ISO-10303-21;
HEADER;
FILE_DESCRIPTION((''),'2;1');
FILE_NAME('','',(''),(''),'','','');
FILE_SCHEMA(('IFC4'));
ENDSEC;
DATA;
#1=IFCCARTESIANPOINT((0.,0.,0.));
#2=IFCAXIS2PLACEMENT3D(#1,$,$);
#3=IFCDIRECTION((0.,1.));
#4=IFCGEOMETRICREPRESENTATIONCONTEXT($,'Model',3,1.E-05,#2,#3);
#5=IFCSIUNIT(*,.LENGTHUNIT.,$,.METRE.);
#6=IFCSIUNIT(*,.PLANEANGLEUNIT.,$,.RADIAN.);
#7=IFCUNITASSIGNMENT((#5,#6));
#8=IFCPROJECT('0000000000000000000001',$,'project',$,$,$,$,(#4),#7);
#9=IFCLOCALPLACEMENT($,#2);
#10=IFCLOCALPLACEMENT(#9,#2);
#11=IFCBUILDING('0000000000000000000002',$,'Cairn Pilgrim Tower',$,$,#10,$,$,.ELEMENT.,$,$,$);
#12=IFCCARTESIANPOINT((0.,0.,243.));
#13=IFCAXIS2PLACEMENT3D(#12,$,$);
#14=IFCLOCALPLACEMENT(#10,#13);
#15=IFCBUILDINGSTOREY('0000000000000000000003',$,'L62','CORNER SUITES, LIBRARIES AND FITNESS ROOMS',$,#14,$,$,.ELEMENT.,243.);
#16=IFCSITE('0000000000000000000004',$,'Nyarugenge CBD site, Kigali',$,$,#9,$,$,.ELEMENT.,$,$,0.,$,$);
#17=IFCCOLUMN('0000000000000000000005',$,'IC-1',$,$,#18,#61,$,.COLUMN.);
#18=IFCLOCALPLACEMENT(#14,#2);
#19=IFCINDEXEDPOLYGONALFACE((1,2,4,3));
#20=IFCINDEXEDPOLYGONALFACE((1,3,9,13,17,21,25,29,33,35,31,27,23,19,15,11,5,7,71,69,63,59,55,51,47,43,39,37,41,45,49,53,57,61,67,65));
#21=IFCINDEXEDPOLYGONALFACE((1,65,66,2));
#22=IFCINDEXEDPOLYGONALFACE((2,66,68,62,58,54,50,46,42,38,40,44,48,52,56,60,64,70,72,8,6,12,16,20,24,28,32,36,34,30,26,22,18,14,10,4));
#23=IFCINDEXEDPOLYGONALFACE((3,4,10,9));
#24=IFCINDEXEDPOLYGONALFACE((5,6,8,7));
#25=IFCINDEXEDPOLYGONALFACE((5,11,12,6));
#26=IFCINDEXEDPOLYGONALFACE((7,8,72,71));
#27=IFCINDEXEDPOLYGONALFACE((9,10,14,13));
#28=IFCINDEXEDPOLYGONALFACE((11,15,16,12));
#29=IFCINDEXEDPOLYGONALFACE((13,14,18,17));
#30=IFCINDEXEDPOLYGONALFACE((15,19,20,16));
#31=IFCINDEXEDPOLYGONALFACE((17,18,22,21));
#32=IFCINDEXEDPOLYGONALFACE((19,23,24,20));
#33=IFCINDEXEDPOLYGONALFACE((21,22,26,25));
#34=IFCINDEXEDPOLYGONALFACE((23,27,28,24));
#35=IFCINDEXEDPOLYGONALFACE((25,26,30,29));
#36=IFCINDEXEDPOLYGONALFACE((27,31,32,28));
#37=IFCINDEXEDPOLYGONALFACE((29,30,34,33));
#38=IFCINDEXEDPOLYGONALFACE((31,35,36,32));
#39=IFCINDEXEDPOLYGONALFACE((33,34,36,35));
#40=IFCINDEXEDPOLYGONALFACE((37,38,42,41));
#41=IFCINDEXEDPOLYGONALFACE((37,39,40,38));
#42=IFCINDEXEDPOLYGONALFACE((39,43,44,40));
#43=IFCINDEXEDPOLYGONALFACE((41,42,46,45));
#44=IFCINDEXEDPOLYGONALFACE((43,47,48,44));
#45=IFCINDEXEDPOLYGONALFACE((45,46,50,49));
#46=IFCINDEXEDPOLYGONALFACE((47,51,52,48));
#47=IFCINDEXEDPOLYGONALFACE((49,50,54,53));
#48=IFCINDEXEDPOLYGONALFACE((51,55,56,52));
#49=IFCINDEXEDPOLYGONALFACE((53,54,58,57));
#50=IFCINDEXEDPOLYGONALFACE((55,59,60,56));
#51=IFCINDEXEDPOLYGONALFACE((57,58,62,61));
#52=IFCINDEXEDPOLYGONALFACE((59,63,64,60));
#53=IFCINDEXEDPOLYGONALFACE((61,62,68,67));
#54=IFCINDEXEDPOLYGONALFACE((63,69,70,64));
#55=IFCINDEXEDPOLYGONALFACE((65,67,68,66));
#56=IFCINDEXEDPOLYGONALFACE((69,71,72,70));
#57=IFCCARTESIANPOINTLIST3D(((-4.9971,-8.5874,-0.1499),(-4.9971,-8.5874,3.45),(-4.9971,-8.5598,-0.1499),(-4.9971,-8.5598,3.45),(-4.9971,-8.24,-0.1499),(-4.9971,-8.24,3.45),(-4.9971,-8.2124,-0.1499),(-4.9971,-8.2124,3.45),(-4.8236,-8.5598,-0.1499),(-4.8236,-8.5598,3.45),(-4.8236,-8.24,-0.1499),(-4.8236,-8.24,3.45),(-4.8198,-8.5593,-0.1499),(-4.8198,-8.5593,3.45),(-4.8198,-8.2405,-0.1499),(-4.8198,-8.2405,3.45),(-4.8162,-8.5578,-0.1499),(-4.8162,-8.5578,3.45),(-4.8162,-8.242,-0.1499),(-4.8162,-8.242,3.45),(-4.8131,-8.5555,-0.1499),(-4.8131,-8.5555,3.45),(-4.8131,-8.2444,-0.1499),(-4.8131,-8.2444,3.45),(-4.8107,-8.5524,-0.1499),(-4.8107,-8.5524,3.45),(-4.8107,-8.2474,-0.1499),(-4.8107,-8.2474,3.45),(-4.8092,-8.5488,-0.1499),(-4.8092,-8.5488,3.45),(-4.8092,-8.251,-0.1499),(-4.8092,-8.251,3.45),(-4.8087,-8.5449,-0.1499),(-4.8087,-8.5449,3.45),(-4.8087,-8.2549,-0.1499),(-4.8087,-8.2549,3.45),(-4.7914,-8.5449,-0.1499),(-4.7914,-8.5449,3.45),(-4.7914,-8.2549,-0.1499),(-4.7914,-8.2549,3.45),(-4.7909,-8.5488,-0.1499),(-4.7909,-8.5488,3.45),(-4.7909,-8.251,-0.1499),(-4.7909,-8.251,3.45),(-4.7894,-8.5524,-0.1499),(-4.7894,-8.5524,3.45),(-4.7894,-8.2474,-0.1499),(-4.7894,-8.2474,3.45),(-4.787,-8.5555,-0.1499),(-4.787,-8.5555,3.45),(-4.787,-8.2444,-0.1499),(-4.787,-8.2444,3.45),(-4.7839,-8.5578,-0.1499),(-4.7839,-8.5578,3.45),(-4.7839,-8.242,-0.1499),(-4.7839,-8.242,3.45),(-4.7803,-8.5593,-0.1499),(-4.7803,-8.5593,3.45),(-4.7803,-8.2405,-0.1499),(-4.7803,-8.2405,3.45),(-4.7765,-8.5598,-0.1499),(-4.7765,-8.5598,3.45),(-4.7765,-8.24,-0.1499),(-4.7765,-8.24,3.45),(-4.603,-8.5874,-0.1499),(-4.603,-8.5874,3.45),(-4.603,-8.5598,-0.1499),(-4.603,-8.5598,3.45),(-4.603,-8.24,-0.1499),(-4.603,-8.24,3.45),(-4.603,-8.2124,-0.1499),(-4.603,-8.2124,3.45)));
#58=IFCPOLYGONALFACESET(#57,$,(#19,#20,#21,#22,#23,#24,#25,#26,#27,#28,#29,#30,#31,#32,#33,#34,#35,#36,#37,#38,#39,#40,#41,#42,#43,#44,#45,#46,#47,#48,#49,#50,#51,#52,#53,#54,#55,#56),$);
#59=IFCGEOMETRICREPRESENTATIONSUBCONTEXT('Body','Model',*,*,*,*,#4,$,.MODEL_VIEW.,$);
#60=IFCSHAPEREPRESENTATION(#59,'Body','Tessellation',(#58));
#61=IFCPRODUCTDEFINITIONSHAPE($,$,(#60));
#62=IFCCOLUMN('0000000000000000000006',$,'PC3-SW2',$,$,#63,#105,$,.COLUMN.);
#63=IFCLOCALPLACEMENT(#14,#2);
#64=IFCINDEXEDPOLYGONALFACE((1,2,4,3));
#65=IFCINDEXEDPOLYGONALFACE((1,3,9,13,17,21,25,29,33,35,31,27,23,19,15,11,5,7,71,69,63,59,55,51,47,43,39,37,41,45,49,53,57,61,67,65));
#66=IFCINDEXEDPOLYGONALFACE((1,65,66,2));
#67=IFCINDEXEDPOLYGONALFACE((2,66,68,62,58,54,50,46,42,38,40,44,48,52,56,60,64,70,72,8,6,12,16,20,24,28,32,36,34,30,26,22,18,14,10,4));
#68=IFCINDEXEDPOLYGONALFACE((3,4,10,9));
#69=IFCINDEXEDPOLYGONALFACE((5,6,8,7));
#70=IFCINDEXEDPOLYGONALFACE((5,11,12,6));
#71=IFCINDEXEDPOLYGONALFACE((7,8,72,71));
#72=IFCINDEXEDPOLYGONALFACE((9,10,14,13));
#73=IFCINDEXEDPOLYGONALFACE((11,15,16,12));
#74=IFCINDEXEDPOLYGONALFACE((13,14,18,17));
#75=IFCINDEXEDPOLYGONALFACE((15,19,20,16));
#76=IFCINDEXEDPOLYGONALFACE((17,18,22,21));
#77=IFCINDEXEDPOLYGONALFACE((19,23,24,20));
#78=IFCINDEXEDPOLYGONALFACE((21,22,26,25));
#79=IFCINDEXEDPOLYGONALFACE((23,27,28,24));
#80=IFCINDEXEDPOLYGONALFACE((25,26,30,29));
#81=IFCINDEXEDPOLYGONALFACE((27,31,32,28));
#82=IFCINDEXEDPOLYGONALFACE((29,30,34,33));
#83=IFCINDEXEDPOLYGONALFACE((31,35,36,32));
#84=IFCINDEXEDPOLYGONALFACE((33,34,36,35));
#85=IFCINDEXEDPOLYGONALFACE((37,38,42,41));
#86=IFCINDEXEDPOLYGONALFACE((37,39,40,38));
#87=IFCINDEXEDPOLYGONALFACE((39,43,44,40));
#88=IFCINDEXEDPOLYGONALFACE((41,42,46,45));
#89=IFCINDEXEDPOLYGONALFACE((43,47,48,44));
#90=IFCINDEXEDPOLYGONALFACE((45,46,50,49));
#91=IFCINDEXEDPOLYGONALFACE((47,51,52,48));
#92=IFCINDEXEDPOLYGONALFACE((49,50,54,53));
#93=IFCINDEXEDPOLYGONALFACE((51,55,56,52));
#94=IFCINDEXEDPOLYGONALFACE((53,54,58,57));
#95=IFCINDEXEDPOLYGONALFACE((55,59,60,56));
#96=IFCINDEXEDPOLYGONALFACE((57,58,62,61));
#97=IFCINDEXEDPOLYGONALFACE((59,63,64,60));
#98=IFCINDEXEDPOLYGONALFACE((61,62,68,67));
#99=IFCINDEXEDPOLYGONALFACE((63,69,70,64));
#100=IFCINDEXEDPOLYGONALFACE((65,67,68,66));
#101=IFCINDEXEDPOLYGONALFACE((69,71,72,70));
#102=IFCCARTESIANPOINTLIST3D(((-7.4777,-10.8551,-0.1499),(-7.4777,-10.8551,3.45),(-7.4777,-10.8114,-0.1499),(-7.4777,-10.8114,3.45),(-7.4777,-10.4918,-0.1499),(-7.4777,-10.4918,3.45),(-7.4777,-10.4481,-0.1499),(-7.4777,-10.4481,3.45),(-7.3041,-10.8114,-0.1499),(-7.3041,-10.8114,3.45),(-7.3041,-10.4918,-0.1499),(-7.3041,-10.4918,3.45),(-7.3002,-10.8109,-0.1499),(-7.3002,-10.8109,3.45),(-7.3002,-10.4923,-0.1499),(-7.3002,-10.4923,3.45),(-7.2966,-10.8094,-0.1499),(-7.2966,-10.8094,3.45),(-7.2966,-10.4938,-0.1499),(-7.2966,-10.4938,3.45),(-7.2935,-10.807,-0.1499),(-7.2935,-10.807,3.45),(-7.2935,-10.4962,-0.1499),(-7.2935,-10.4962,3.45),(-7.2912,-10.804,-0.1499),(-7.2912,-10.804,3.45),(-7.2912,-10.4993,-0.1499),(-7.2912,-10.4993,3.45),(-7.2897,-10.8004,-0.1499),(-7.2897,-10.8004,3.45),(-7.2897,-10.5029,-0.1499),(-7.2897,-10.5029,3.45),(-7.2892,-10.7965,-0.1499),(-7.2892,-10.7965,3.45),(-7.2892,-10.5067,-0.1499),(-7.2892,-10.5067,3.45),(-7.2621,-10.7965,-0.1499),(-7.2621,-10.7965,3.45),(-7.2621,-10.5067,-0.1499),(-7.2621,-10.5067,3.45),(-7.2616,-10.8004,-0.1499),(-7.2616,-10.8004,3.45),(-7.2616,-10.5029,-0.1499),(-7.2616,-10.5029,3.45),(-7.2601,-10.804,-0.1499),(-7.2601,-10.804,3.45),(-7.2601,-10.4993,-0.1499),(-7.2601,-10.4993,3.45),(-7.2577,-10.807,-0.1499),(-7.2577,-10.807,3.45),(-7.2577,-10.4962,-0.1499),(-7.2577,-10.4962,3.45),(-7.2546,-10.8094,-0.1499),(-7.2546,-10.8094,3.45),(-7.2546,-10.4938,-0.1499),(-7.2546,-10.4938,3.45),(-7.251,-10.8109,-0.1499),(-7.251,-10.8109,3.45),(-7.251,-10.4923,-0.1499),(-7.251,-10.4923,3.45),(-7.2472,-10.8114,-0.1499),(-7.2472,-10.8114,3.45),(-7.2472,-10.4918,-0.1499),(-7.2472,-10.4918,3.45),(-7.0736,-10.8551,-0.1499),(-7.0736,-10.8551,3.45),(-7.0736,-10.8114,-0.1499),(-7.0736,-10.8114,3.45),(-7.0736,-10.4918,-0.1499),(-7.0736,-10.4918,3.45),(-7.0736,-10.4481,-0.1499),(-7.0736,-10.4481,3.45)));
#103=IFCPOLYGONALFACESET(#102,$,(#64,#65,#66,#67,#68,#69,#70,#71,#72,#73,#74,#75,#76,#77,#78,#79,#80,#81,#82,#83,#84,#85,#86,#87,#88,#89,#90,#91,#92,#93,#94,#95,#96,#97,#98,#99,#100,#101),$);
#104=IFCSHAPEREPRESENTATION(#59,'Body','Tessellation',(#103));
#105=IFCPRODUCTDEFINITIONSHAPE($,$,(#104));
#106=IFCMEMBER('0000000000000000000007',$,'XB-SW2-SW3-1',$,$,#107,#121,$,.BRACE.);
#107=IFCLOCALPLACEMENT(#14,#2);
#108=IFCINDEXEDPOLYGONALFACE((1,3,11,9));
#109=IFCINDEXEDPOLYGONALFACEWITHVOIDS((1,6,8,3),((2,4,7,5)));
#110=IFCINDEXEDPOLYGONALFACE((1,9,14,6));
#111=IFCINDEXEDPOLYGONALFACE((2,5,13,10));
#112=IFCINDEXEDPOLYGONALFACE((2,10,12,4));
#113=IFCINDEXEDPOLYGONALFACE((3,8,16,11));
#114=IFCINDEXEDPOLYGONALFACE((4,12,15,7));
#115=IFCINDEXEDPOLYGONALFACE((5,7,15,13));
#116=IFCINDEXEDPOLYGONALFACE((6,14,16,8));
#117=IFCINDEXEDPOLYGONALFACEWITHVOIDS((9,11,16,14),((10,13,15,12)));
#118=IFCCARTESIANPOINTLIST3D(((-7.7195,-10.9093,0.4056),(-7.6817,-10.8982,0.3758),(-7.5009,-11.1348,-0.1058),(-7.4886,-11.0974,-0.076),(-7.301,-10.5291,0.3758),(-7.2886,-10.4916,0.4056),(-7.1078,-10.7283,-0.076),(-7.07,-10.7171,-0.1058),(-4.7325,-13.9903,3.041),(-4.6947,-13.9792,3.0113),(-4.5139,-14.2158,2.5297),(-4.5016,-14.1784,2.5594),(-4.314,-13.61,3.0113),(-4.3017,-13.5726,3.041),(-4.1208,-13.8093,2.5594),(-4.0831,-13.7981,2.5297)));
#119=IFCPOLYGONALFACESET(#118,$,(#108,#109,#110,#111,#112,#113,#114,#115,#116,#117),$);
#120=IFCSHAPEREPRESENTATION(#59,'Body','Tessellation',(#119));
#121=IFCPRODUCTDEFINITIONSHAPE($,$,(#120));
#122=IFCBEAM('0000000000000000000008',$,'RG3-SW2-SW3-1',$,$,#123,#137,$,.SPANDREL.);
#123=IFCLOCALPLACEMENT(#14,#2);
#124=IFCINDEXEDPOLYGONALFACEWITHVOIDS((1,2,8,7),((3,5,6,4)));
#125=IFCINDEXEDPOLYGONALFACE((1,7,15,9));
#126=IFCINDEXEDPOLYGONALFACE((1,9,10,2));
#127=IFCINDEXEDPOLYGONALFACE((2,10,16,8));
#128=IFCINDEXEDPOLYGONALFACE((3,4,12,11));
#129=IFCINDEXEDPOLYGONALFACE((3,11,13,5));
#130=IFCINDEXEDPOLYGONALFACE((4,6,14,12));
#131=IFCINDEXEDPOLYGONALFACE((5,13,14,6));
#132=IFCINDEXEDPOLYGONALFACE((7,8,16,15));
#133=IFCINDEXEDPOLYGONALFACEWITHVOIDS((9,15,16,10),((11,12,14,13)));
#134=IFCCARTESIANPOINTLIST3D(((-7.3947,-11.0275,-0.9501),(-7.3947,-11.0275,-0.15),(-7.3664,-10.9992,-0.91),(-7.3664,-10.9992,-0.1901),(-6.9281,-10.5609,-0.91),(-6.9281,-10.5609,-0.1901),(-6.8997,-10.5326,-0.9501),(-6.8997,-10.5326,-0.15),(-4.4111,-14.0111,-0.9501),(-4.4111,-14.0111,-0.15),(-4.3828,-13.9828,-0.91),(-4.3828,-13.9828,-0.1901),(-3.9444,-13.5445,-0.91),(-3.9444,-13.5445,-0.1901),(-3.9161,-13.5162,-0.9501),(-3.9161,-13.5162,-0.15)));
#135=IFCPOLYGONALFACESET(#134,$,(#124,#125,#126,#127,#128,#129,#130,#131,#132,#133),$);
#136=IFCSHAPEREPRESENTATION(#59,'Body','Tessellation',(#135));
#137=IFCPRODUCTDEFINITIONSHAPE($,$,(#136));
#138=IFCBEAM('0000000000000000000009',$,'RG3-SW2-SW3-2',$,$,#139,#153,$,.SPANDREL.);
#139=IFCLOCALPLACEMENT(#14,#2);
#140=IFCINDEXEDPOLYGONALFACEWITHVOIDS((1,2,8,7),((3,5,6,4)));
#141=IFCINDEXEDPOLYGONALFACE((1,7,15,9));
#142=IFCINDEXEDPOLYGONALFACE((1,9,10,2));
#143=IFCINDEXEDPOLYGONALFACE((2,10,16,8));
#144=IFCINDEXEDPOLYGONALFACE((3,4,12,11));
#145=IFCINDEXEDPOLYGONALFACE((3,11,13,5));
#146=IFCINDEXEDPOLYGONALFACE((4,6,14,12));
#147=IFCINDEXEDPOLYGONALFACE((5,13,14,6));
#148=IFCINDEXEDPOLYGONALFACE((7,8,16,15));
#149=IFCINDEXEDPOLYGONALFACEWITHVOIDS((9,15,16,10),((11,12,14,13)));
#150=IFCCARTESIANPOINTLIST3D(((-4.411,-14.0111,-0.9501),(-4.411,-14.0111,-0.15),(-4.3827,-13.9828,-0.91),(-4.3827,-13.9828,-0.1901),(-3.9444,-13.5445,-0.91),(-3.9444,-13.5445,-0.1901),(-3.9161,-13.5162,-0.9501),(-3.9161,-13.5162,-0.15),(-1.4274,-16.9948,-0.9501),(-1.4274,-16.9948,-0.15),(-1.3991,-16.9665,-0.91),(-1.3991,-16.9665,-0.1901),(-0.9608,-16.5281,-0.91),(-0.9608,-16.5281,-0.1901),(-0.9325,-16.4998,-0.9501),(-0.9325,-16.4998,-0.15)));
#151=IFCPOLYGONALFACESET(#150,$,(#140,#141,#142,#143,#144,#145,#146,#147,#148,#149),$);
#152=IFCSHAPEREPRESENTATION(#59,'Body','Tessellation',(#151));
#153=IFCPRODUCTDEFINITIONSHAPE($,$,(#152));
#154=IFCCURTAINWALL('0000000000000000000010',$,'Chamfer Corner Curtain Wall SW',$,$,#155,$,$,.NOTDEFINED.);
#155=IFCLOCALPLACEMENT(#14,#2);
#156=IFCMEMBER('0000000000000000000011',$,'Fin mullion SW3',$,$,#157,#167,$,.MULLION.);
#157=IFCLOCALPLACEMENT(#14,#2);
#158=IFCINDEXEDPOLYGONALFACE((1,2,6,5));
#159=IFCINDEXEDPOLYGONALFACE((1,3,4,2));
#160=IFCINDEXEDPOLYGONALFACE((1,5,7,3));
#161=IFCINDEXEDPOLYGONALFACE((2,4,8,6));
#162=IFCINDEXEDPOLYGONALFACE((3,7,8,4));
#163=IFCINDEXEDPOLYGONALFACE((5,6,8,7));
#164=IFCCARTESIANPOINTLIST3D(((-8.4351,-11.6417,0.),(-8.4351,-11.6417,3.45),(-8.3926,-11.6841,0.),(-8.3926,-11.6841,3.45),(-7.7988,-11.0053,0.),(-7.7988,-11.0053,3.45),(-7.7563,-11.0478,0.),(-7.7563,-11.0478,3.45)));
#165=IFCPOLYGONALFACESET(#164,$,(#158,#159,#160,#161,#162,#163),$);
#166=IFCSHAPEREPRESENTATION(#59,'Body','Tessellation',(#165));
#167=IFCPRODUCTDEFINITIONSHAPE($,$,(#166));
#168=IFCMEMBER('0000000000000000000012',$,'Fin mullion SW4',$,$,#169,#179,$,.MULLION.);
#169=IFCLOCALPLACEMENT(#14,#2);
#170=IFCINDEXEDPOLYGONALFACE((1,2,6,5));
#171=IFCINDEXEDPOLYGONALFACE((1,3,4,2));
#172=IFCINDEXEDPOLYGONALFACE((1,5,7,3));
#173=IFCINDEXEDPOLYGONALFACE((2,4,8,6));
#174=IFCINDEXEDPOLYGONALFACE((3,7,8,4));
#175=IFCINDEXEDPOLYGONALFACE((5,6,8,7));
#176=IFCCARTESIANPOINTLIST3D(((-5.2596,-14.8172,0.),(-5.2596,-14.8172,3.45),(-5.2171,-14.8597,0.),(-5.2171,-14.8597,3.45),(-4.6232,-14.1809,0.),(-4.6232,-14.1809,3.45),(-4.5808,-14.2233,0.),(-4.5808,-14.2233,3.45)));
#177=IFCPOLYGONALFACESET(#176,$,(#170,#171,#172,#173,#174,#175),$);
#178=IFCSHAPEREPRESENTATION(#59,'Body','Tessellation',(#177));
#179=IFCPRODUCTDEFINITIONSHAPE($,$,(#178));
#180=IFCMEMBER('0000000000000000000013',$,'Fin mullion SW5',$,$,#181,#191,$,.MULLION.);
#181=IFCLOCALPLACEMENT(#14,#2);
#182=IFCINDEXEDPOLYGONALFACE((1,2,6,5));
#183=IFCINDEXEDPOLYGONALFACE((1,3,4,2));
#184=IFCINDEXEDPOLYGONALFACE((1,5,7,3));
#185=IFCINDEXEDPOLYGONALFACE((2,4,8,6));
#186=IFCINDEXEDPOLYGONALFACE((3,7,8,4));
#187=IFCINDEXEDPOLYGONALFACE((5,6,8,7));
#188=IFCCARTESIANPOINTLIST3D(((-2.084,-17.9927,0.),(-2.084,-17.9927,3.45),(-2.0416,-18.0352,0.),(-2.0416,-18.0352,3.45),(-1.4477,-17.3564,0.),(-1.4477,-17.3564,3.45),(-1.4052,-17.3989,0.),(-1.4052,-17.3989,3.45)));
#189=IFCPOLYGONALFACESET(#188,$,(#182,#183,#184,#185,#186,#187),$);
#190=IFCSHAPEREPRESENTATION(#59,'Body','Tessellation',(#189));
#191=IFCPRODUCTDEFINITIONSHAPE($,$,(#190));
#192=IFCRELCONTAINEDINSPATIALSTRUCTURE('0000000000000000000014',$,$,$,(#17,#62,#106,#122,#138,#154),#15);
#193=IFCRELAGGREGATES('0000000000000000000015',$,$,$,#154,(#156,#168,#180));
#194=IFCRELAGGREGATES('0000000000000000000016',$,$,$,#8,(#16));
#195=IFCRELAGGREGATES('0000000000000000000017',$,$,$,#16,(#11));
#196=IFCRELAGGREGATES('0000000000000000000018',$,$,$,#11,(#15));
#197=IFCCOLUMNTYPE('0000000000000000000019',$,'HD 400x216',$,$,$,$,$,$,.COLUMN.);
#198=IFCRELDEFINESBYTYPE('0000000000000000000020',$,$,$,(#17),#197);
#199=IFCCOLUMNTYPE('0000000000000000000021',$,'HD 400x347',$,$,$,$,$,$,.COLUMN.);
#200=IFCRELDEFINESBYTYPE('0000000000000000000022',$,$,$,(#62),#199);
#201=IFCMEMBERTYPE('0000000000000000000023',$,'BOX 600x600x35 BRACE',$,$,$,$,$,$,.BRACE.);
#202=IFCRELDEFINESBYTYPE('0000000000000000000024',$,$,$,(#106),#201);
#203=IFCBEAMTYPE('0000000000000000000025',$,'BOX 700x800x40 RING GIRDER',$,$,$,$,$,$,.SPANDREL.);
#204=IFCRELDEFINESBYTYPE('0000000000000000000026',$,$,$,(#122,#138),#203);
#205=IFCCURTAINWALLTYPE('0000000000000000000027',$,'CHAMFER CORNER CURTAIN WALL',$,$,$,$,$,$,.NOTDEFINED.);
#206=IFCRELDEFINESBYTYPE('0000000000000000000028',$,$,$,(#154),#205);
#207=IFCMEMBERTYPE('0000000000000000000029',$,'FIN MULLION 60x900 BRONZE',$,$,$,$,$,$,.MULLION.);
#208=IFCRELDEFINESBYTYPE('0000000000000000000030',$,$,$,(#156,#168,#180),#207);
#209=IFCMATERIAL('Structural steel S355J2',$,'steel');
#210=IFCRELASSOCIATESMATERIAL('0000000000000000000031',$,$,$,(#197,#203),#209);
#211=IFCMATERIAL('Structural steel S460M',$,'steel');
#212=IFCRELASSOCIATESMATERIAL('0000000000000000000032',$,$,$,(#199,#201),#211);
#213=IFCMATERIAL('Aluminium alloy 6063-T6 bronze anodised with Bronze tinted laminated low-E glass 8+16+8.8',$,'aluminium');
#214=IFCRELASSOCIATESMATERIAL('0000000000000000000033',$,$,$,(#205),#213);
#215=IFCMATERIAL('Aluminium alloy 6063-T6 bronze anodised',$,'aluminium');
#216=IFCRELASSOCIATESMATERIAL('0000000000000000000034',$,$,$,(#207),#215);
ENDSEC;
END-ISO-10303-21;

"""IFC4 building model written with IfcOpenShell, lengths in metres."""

from ifc_helpers import new_model, si_unit, direction, frame, origin, origin_2d, place, context, subcontext, project, spatial, rectangle, hollow_rectangle, i_section, extrude, material, material_profile, profile_set, type_object, element, aggregate, save


model = new_model("IFC4")

# Units and contexts
model_context = context("Model", 3, precision=1e-05, world=origin(), true_north=direction((0.0, 1.0)))
body_context = subcontext(model_context, "Body", "Model", "MODEL_VIEW")
ifc_project = project(units=[si_unit("LENGTHUNIT", "METRE"), si_unit("PLANEANGLEUNIT", "RADIAN")], contexts=[model_context])

# Site, building, storey
site_placement = place(None, origin())
site = spatial("IfcSite", under=ifc_project, at=site_placement, Name="Nyarugenge CBD site, Kigali", CompositionType="ELEMENT", RefElevation=0.0)
building_placement = place(site_placement, origin())
building = spatial("IfcBuilding", under=site, at=building_placement, Name="Cairn Pilgrim Tower", CompositionType="ELEMENT")
storey_placement = place(building_placement, frame((0.0, 0.0, 243.0)))
storey = spatial("IfcBuildingStorey", under=building, at=storey_placement, Name="L62", Description="CORNER SUITES, LIBRARIES AND FITNESS ROOMS", CompositionType="ELEMENT", Elevation=243.0)

# Columns
ifc_material_1 = material(Name="Structural steel S355J2", Category="steel")
ifc_material_profile_1 = material_profile(ifc_material_1, i_section(OverallWidth=0.394, OverallDepth=0.375, WebThickness=0.0173, FlangeThickness=0.0276, FilletRadius=0.0149, at=origin_2d()), Name="HD 400x216")
ifc_profile_set_1 = profile_set([ifc_material_profile_1], Name="Structural steel S355J2")
column_type_1 = type_object("IfcColumnType", Name="HD 400x216", PredefinedType="COLUMN", material=ifc_profile_set_1)
column_1_placement = place(storey_placement, frame((-4.8, -8.3999, -0.1499), z_axis=(0.0, 0.0, 1.0), x_axis=(1.0, 0.0, 0.0)))
element("IfcColumn", 1, at=column_1_placement, inside=storey, type_object=column_type_1, Name="IC-1", PredefinedType="COLUMN", context=body_context, shape_type="SweptSolid", body=[
    extrude(i_section(OverallWidth=0.394, OverallDepth=0.375, WebThickness=0.0173, FlangeThickness=0.0276, FilletRadius=0.0149, at=origin_2d()), origin(), (0.0, 0.0, 1.0), 3.5999),
])
ifc_material_2 = material(Name="Structural steel S460M", Category="steel")
ifc_material_profile_2 = material_profile(ifc_material_2, i_section(OverallWidth=0.4041, OverallDepth=0.407, WebThickness=0.0271, FlangeThickness=0.0437, FilletRadius=0.0149, at=origin_2d()), Name="HD 400x347")
ifc_profile_set_2 = profile_set([ifc_material_profile_2], Name="Structural steel S460M")
column_type_2 = type_object("IfcColumnType", Name="HD 400x347", PredefinedType="COLUMN", material=ifc_profile_set_2)
column_2_placement = place(storey_placement, frame((-7.2756, -10.6516, -0.1499), z_axis=(0.0, 0.0, 1.0), x_axis=(1.0, 0.0, 0.0)))
element("IfcColumn", 2, at=column_2_placement, inside=storey, type_object=column_type_2, Name="PC3-SW2", PredefinedType="COLUMN", context=body_context, shape_type="SweptSolid", body=[
    extrude(i_section(OverallWidth=0.4041, OverallDepth=0.407, WebThickness=0.0271, FlangeThickness=0.0437, FilletRadius=0.0149, at=origin_2d()), origin(), (0.0, 0.0, 1.0), 3.5999),
])

# Member
ifc_material_profile_3 = material_profile(ifc_material_2, hollow_rectangle(XDim=0.6001, YDim=0.6001, WallThickness=0.0349, at=origin_2d()), Name="BOX 600x600x35")
ifc_profile_set_3 = profile_set([ifc_material_profile_3], Name="Structural steel S460M")
member_type_1 = type_object("IfcMemberType", Name="BOX 600x600x35 BRACE", PredefinedType="BRACE", material=ifc_profile_set_3)
member_1_placement = place(storey_placement, frame((-7.3948, -10.8132, 0.1499), z_axis=(0.593142, -0.611806, 0.523332), x_axis=(0.717974, 0.69607, 0.0)))
element("IfcMember", 3, at=member_1_placement, inside=storey, type_object=member_type_1, Name="XB-SW2-SW3-1", PredefinedType="BRACE", context=body_context, shape_type="SweptSolid", body=[
    extrude(hollow_rectangle(XDim=0.6001, YDim=0.6001, WallThickness=0.0349, at=origin_2d()), origin(), (0.0, 0.0, 1.0), 5.0359),
])

# Beams
ifc_material_profile_4 = material_profile(ifc_material_1, hollow_rectangle(XDim=0.7, YDim=0.8, WallThickness=0.04, at=origin_2d()), Name="BOX 700x800x40")
ifc_profile_set_4 = profile_set([ifc_material_profile_4], Name="Structural steel S355J2")
beam_type_1 = type_object("IfcBeamType", Name="BOX 700x800x40 RING GIRDER", PredefinedType="SPANDREL", material=ifc_profile_set_4)
for number, where, z_axis, x_axis, name in (
    (4, (-7.1472, -10.78, -0.55), (0.707107, -0.707107, 0.0), (0.707107, 0.707107, 0.0), "RG3-SW2-SW3-1"),
    (5, (-4.1636, -13.7637, -0.55), (0.707107, -0.707107, 0.0), (0.707107, 0.707107, 0.0), "RG3-SW2-SW3-2"),
):
    element("IfcBeam", number, at=place(storey_placement, frame(where, z_axis=z_axis, x_axis=x_axis)), inside=storey, type_object=beam_type_1, Name=name, PredefinedType="SPANDREL", context=body_context, shape_type="SweptSolid", body=[
        extrude(hollow_rectangle(XDim=0.7, YDim=0.8, WallThickness=0.04, at=origin_2d()), origin(), (0.0, 0.0, 1.0), 4.2195),
    ])

# Curtain wall, members
ifc_material_3 = material(Name="Aluminium alloy 6063-T6 bronze anodised with Bronze tinted laminated low-E glass 8+16+8.8", Category="aluminium")
curtain_wall_type = type_object("IfcCurtainWallType", Name="CHAMFER CORNER CURTAIN WALL", PredefinedType="NOTDEFINED", material=ifc_material_3)
curtain_wall_placement = place(storey_placement, origin())
curtain_wall = element("IfcCurtainWall", 6, at=curtain_wall_placement, inside=storey, type_object=curtain_wall_type, Name="Chamfer Corner Curtain Wall SW", PredefinedType="NOTDEFINED")
ifc_material_4 = material(Name="Aluminium alloy 6063-T6 bronze anodised", Category="aluminium")
ifc_material_profile_5 = material_profile(ifc_material_4, rectangle(XDim=0.8999, YDim=0.0601, at=origin_2d()), Name="FIN MULLION 60x900 BRONZE")
ifc_profile_set_5 = profile_set([ifc_material_profile_5], Name="Aluminium alloy 6063-T6 bronze anodised")
member_type_2 = type_object("IfcMemberType", Name="FIN MULLION 60x900 BRONZE", PredefinedType="MULLION", material=ifc_profile_set_5)
member_2_placement = place(storey_placement, frame((-8.0957, -11.3447, 0.0), z_axis=(0.0, 0.0, 1.0), x_axis=(-0.707107, -0.707107, 0.0)))
member_2 = element("IfcMember", 7, at=member_2_placement, type_object=member_type_2, Name="Fin mullion SW3", PredefinedType="MULLION", context=body_context, shape_type="SweptSolid", body=[
    extrude(rectangle(XDim=0.8999, YDim=0.0601, at=origin_2d()), origin(), (0.0, 0.0, 1.0), 3.45),
])
member_3_placement = place(storey_placement, frame((-4.9202, -14.5203, 0.0), z_axis=(0.0, 0.0, 1.0), x_axis=(-0.707107, -0.707107, 0.0)))
member_3 = element("IfcMember", 8, at=member_3_placement, type_object=member_type_2, Name="Fin mullion SW4", PredefinedType="MULLION", context=body_context, shape_type="SweptSolid", body=[
    extrude(rectangle(XDim=0.8999, YDim=0.0601, at=origin_2d()), origin(), (0.0, 0.0, 1.0), 3.45),
])
member_4_placement = place(storey_placement, frame((-1.7446, -17.6958, 0.0), z_axis=(0.0, 0.0, 1.0), x_axis=(-0.707107, -0.707107, 0.0)))
member_4 = element("IfcMember", 9, at=member_4_placement, type_object=member_type_2, Name="Fin mullion SW5", PredefinedType="MULLION", context=body_context, shape_type="SweptSolid", body=[
    extrude(rectangle(XDim=0.8999, YDim=0.0601, at=origin_2d()), origin(), (0.0, 0.0, 1.0), 3.45),
])

aggregate(curtain_wall, [member_2, member_3, member_4])

save(model, "model.ifc")
